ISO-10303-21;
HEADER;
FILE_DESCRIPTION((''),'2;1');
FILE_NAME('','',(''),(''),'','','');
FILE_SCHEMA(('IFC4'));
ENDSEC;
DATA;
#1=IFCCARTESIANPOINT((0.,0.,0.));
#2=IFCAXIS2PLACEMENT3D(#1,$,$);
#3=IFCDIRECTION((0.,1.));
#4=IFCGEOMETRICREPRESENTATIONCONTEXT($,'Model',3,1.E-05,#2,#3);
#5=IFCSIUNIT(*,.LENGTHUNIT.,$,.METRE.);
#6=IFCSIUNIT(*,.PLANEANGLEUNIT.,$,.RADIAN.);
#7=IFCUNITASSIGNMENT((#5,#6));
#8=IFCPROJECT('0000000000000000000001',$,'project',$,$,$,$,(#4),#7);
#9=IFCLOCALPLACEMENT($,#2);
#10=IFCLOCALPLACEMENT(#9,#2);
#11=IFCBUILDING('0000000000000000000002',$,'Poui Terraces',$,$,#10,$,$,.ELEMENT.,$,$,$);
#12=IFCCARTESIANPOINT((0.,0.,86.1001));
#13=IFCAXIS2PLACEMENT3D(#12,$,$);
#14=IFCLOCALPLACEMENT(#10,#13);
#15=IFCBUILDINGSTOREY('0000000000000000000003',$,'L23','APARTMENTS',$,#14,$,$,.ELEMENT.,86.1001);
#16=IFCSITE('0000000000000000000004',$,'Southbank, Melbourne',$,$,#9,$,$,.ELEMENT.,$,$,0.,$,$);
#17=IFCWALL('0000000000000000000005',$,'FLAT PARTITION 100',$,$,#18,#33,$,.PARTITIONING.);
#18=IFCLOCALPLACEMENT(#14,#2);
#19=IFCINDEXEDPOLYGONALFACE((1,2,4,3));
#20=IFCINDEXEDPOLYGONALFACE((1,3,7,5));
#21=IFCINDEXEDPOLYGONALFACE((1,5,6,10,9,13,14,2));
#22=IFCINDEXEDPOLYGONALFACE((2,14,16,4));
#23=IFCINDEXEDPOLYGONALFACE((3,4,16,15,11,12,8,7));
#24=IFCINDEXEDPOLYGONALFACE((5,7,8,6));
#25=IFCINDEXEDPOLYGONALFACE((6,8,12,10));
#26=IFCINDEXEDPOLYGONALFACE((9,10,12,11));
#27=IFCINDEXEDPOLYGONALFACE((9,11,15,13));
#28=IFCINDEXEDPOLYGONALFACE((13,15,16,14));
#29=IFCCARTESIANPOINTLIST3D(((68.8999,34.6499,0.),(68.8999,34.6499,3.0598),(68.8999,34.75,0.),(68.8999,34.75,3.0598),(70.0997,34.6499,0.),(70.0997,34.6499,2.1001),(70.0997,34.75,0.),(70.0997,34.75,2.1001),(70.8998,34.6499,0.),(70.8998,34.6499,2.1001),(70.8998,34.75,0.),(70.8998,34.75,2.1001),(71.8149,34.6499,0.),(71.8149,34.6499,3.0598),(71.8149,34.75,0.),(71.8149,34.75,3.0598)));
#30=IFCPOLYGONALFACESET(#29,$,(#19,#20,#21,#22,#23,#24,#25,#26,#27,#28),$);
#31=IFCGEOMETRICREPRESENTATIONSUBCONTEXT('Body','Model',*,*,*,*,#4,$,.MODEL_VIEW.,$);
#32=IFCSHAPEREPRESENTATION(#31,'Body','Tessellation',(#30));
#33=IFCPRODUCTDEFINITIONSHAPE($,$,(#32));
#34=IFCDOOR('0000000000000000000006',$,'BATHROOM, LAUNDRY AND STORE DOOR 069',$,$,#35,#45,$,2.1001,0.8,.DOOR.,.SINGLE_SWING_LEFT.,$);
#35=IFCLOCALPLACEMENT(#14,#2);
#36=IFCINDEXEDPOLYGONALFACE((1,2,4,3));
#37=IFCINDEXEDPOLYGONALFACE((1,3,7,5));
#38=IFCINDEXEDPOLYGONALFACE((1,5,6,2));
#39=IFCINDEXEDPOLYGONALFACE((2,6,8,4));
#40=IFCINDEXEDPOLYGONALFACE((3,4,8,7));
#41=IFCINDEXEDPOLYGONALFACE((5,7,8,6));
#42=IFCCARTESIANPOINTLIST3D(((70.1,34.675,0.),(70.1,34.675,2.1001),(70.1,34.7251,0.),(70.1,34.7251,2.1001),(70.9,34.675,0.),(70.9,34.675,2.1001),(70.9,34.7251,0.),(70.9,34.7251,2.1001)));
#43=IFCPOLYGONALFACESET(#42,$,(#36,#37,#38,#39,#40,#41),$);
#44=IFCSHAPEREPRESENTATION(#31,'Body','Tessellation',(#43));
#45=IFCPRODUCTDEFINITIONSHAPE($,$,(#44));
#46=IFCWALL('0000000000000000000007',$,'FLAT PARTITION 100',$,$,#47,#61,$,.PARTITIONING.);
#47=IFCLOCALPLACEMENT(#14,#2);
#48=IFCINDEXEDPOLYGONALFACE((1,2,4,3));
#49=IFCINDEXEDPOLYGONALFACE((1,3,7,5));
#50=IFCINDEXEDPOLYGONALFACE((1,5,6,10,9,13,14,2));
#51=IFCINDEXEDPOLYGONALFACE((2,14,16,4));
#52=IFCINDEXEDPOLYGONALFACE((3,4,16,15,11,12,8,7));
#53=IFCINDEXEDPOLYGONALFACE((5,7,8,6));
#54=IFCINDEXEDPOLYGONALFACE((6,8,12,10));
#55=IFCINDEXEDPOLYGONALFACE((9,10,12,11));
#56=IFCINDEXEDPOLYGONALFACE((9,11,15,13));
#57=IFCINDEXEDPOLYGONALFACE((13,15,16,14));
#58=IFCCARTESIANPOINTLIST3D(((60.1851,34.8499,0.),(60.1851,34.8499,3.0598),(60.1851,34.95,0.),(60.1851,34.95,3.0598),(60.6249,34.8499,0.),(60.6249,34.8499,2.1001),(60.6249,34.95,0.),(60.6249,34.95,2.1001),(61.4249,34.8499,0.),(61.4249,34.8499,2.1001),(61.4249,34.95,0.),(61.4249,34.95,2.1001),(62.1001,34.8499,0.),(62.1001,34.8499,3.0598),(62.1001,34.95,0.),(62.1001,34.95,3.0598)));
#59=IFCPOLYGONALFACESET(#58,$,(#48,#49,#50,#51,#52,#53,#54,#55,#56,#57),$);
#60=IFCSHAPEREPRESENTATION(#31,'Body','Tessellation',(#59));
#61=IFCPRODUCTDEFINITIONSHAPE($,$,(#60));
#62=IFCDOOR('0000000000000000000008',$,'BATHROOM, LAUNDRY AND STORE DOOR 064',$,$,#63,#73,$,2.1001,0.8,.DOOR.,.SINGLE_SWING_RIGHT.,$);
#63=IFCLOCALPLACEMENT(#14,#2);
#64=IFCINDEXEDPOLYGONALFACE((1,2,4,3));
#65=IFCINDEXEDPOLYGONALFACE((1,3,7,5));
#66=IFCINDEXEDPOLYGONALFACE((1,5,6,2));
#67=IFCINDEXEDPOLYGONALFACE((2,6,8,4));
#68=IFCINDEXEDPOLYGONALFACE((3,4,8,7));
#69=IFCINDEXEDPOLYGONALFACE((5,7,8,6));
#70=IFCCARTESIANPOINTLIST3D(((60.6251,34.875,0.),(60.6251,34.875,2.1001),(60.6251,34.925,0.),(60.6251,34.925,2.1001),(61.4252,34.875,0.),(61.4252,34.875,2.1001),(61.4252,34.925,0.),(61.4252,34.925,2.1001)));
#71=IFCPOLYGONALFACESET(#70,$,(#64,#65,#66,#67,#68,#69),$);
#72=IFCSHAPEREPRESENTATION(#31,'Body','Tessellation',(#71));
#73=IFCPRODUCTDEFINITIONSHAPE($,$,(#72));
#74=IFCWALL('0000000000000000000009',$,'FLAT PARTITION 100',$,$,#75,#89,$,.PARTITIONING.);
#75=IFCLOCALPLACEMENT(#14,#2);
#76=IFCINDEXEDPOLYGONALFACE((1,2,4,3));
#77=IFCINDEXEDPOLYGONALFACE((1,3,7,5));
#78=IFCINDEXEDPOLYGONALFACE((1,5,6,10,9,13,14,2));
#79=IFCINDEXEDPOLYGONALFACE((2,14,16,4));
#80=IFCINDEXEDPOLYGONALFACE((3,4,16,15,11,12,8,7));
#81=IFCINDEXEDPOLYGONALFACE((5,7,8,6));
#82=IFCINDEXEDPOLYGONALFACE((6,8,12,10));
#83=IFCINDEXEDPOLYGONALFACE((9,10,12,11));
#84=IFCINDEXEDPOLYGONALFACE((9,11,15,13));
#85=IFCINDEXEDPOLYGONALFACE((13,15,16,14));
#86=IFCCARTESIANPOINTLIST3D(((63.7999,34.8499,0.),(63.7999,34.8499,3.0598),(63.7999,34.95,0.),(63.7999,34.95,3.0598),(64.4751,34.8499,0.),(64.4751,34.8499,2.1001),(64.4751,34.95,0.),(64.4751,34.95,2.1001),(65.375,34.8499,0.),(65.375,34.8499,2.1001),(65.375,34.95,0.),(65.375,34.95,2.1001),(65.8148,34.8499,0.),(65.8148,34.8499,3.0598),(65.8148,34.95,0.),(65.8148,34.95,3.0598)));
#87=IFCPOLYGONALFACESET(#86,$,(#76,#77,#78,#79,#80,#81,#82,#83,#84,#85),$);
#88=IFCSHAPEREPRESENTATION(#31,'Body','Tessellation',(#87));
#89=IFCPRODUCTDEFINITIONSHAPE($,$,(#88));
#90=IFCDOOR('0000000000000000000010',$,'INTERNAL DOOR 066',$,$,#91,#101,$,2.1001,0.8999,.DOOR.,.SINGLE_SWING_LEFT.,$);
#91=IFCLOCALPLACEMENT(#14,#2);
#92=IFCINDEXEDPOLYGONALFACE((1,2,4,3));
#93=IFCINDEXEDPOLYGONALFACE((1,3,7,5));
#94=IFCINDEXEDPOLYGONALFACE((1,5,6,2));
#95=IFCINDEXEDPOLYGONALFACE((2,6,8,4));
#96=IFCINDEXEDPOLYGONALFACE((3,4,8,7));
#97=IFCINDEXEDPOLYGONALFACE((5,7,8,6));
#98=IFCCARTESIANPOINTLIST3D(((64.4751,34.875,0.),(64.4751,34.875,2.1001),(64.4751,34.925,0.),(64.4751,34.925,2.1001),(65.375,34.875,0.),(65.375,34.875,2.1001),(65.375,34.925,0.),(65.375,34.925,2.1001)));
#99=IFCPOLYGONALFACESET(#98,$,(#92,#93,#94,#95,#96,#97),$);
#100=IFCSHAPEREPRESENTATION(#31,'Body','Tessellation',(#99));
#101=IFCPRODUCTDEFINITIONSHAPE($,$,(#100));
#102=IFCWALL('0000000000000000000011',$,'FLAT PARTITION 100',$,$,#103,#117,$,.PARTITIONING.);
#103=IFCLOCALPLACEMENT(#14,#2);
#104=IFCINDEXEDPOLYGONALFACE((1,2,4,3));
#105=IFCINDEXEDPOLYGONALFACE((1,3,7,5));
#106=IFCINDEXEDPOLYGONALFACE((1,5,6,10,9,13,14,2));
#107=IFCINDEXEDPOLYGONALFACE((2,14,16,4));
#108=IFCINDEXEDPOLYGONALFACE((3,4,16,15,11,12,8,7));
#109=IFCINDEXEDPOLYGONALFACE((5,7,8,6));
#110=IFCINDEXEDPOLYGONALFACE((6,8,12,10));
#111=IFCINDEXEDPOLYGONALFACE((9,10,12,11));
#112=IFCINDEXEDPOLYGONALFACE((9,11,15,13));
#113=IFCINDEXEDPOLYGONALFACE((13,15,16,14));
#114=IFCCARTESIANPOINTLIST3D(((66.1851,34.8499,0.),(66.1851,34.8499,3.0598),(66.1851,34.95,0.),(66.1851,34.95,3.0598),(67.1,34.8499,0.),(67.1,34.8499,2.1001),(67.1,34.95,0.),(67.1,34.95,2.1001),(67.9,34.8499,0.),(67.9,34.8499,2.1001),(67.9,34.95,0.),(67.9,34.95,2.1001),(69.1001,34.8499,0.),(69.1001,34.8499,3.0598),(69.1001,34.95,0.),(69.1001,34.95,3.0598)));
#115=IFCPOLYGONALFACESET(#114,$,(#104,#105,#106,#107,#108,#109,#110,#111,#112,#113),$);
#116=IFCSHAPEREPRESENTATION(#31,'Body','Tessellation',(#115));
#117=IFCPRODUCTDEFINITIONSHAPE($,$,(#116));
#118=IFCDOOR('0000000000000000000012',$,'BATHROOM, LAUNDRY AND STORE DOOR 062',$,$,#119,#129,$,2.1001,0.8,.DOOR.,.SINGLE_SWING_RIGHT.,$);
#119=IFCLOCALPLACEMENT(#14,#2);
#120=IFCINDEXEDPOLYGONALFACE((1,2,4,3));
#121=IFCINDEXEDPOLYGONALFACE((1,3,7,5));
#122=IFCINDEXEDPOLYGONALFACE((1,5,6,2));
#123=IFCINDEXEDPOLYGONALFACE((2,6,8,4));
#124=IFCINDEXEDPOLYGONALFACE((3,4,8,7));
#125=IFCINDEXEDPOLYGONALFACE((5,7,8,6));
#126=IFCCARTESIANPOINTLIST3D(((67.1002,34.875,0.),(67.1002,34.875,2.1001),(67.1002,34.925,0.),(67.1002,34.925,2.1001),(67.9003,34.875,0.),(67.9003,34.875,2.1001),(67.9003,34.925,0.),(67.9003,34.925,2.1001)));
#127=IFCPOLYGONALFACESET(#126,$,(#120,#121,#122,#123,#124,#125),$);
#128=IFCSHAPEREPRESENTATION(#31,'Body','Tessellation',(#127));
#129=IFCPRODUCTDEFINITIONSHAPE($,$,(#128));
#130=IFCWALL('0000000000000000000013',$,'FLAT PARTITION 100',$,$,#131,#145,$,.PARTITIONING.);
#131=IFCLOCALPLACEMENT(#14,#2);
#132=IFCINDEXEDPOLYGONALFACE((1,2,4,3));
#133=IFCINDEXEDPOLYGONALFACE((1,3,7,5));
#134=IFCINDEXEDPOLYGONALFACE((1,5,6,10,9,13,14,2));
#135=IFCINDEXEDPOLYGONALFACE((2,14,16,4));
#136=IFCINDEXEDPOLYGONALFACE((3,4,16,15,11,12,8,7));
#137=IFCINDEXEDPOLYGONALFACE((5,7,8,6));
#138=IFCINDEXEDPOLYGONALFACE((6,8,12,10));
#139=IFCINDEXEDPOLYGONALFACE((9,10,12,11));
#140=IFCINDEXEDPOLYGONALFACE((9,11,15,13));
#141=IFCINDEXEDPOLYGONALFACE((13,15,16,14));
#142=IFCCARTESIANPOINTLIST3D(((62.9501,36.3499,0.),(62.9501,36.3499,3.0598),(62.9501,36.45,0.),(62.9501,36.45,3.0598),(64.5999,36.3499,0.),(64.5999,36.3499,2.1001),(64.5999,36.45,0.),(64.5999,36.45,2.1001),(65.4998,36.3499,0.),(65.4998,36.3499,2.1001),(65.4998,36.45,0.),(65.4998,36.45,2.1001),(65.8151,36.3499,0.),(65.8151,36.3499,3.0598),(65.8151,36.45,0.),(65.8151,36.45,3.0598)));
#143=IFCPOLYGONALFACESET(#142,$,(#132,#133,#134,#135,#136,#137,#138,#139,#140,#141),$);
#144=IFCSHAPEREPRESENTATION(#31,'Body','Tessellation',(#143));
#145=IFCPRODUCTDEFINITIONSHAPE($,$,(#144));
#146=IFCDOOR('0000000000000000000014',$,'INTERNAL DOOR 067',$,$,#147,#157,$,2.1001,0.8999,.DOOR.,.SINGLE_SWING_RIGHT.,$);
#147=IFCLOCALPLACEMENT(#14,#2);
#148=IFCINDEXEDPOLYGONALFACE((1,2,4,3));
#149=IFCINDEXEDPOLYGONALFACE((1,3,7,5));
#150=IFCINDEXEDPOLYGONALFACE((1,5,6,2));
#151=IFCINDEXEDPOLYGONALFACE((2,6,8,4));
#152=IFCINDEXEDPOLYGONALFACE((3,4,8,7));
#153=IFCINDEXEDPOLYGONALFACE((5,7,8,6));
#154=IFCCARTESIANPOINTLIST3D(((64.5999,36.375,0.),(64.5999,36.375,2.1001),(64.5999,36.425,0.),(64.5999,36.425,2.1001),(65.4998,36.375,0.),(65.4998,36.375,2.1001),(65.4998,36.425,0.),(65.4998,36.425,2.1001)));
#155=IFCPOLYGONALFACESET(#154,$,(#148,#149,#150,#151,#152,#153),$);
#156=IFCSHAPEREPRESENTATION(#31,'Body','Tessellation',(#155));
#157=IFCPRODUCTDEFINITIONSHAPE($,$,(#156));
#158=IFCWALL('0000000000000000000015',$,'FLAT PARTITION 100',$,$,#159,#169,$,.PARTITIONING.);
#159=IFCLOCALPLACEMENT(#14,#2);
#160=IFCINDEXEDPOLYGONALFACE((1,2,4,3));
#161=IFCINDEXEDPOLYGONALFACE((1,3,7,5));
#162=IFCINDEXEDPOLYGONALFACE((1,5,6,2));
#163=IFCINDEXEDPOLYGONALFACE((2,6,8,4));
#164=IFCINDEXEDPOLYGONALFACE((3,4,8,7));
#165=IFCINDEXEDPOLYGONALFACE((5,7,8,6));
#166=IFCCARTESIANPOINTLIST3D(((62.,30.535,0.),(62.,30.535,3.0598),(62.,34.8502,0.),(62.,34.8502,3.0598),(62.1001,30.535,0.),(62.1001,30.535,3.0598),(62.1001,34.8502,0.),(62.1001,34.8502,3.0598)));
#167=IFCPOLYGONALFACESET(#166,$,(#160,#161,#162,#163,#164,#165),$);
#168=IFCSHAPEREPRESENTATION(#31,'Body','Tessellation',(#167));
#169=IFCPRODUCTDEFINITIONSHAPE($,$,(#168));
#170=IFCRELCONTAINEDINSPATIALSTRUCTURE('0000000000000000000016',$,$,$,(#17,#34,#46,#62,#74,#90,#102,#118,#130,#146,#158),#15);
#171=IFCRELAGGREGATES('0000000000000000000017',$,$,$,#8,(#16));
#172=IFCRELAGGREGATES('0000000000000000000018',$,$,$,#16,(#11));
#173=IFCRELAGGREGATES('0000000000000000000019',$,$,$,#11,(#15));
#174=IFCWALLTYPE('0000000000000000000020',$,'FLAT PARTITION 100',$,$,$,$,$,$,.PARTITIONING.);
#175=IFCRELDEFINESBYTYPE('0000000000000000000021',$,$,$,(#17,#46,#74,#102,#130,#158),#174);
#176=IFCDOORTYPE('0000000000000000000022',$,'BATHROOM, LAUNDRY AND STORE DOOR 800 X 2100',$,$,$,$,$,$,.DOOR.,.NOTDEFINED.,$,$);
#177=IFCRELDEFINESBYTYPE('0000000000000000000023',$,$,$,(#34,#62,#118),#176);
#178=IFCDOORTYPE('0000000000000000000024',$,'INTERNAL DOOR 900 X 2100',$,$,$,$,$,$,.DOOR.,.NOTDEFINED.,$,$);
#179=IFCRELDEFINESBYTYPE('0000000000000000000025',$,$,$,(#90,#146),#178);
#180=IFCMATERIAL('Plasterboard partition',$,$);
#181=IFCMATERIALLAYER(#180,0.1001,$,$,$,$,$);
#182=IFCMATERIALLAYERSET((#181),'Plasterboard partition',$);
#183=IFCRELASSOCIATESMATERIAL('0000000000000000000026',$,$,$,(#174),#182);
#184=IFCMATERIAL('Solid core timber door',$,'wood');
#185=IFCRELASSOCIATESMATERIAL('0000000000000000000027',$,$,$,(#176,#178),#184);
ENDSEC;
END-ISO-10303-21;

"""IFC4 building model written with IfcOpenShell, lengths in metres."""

from ifc_helpers import new_model, si_unit, direction, frame, frame_2d, origin, place, context, subcontext, project, spatial, rectangle, extrude, material, layer, layer_set, type_object, element, fill, save


model = new_model("IFC4")

# Units and contexts
model_context = context("Model", 3, precision=1e-05, world=origin(), true_north=direction((0.0, 1.0)))
body_context = subcontext(model_context, "Body", "Model", "MODEL_VIEW")
ifc_project = project(units=[si_unit("LENGTHUNIT", "METRE"), si_unit("PLANEANGLEUNIT", "RADIAN")], contexts=[model_context])

# Site, building, storey
site_placement = place(None, origin())
site = spatial("IfcSite", under=ifc_project, at=site_placement, Name="Southbank, Melbourne", CompositionType="ELEMENT", RefElevation=0.0)
building_placement = place(site_placement, origin())
building = spatial("IfcBuilding", under=site, at=building_placement, Name="Poui Terraces", CompositionType="ELEMENT")
storey_placement = place(building_placement, frame((0.0, 0.0, 86.1001)))
storey = spatial("IfcBuildingStorey", under=building, at=storey_placement, Name="L23", Description="APARTMENTS", CompositionType="ELEMENT", Elevation=86.1001)

# Walls, openings, doors
ifc_material_1 = material(Name="Plasterboard partition")
ifc_layer_1 = layer(ifc_material_1, 0.1001)
ifc_layer_set_1 = layer_set([ifc_layer_1], Name="Plasterboard partition")
wall_type_1 = type_object("IfcWallType", Name="FLAT PARTITION 100", PredefinedType="PARTITIONING", material=ifc_layer_set_1)
wall_1_placement = place(storey_placement, frame((68.8999, 34.7, 0.0), z_axis=(0.0, 0.0, 1.0), x_axis=(1.0, 0.0, 0.0)))
wall_1 = element("IfcWall", 1, at=wall_1_placement, inside=storey, type_object=wall_type_1, Name="FLAT PARTITION 100", PredefinedType="PARTITIONING", context=body_context, shape_type="SweptSolid", body=[
    extrude(rectangle(XDim=2.915, YDim=0.1001, at=frame_2d((1.4575, 0.0))), origin(), (0.0, 0.0, 1.0), 3.0598),
])
opening_1_placement = place(wall_1_placement, frame((1.2, 0.0, 0.0)))
opening_1 = element("IfcOpeningElement", 2, at=opening_1_placement, cuts=wall_1, PredefinedType="OPENING", context=body_context, shape_type="SweptSolid", body=[
    extrude(rectangle(XDim=0.8, YDim=2.1001, at=frame_2d((0.3999, 1.05))), frame((0.0, 0.0601, 0.0), z_axis=(0.0, -1.0, 0.0), x_axis=(1.0, 0.0, 0.0)), (0.0, 0.0, 1.0), 0.1201),
])
ifc_material_2 = material(Name="Solid core timber door", Category="wood")
door_type_1 = type_object("IfcDoorType", Name="BATHROOM, LAUNDRY AND STORE DOOR 800 X 2100", OperationType="NOTDEFINED", PredefinedType="DOOR", material=ifc_material_2)
door_1_placement = place(opening_1_placement, frame((0.8, 0.0, 0.0), z_axis=(0.0, 0.0, 1.0), x_axis=(-1.0, 0.0, 0.0)))
door_1 = element("IfcDoor", 3, at=door_1_placement, inside=storey, type_object=door_type_1, Name="BATHROOM, LAUNDRY AND STORE DOOR 069", OperationType="SINGLE_SWING_LEFT", OverallHeight=2.1001, OverallWidth=0.8, PredefinedType="DOOR", context=body_context, shape_type="SweptSolid", body=[
    extrude(rectangle(XDim=0.8, YDim=2.1001, at=frame_2d((0.3999, 1.05))), frame((0.0, 0.0249, 0.0), z_axis=(0.0, -1.0, 0.0), x_axis=(1.0, 0.0, 0.0)), (0.0, 0.0, 1.0), 0.05),
])
fill(opening_1, door_1)
wall_2_placement = place(storey_placement, frame((60.1851, 34.8999, 0.0), z_axis=(0.0, 0.0, 1.0), x_axis=(1.0, 0.0, 0.0)))
wall_2 = element("IfcWall", 4, at=wall_2_placement, inside=storey, type_object=wall_type_1, Name="FLAT PARTITION 100", PredefinedType="PARTITIONING", context=body_context, shape_type="SweptSolid", body=[
    extrude(rectangle(XDim=1.915, YDim=0.1001, at=frame_2d((0.9575, 0.0))), origin(), (0.0, 0.0, 1.0), 3.0598),
])
opening_2_placement = place(wall_2_placement, frame((0.4399, 0.0, 0.0)))
opening_2 = element("IfcOpeningElement", 5, at=opening_2_placement, cuts=wall_2, PredefinedType="OPENING", context=body_context, shape_type="SweptSolid", body=[
    extrude(rectangle(XDim=0.8, YDim=2.1001, at=frame_2d((0.3999, 1.05))), frame((0.0, 0.0601, 0.0), z_axis=(0.0, -1.0, 0.0), x_axis=(1.0, 0.0, 0.0)), (0.0, 0.0, 1.0), 0.1201),
])
door_2_placement = place(opening_2_placement, frame((0.8, 0.0, 0.0), z_axis=(0.0, 0.0, 1.0), x_axis=(-1.0, 0.0, 0.0)))
door_2 = element("IfcDoor", 6, at=door_2_placement, inside=storey, type_object=door_type_1, Name="BATHROOM, LAUNDRY AND STORE DOOR 064", OperationType="SINGLE_SWING_RIGHT", OverallHeight=2.1001, OverallWidth=0.8, PredefinedType="DOOR", context=body_context, shape_type="SweptSolid", body=[
    extrude(rectangle(XDim=0.8, YDim=2.1001, at=frame_2d((0.3999, 1.05))), frame((0.0, 0.0249, 0.0), z_axis=(0.0, -1.0, 0.0), x_axis=(1.0, 0.0, 0.0)), (0.0, 0.0, 1.0), 0.05),
])
fill(opening_2, door_2)
wall_3_placement = place(storey_placement, frame((63.8, 34.8999, 0.0), z_axis=(0.0, 0.0, 1.0), x_axis=(1.0, 0.0, 0.0)))
wall_3 = element("IfcWall", 7, at=wall_3_placement, inside=storey, type_object=wall_type_1, Name="FLAT PARTITION 100", PredefinedType="PARTITIONING", context=body_context, shape_type="SweptSolid", body=[
    extrude(rectangle(XDim=2.0149, YDim=0.1001, at=frame_2d((1.0073, 0.0))), origin(), (0.0, 0.0, 1.0), 3.0598),
])
opening_3_placement = place(wall_3_placement, frame((0.675, 0.0, 0.0)))
opening_3 = element("IfcOpeningElement", 8, at=opening_3_placement, cuts=wall_3, PredefinedType="OPENING", context=body_context, shape_type="SweptSolid", body=[
    extrude(rectangle(XDim=0.8999, YDim=2.1001, at=frame_2d((0.45, 1.05))), frame((0.0, 0.0601, 0.0), z_axis=(0.0, -1.0, 0.0), x_axis=(1.0, 0.0, 0.0)), (0.0, 0.0, 1.0), 0.1201),
])
door_type_2 = type_object("IfcDoorType", Name="INTERNAL DOOR 900 X 2100", OperationType="NOTDEFINED", PredefinedType="DOOR", material=ifc_material_2)
door_3_placement = place(opening_3_placement, frame((0.8999, 0.0, 0.0), z_axis=(0.0, 0.0, 1.0), x_axis=(-1.0, 0.0, 0.0)))
door_3 = element("IfcDoor", 9, at=door_3_placement, inside=storey, type_object=door_type_2, Name="INTERNAL DOOR 066", OperationType="SINGLE_SWING_LEFT", OverallHeight=2.1001, OverallWidth=0.8999, PredefinedType="DOOR", context=body_context, shape_type="SweptSolid", body=[
    extrude(rectangle(XDim=0.8999, YDim=2.1001, at=frame_2d((0.45, 1.05))), frame((0.0, 0.0249, 0.0), z_axis=(0.0, -1.0, 0.0), x_axis=(1.0, 0.0, 0.0)), (0.0, 0.0, 1.0), 0.05),
])
fill(opening_3, door_3)
wall_4_placement = place(storey_placement, frame((66.1851, 34.8999, 0.0), z_axis=(0.0, 0.0, 1.0), x_axis=(1.0, 0.0, 0.0)))
wall_4 = element("IfcWall", 10, at=wall_4_placement, inside=storey, type_object=wall_type_1, Name="FLAT PARTITION 100", PredefinedType="PARTITIONING", context=body_context, shape_type="SweptSolid", body=[
    extrude(rectangle(XDim=2.915, YDim=0.1001, at=frame_2d((1.4575, 0.0))), origin(), (0.0, 0.0, 1.0), 3.0598),
])
opening_4_placement = place(wall_4_placement, frame((0.915, 0.0, 0.0)))
opening_4 = element("IfcOpeningElement", 11, at=opening_4_placement, cuts=wall_4, PredefinedType="OPENING", context=body_context, shape_type="SweptSolid", body=[
    extrude(rectangle(XDim=0.8, YDim=2.1001, at=frame_2d((0.3999, 1.05))), frame((0.0, 0.0601, 0.0), z_axis=(0.0, -1.0, 0.0), x_axis=(1.0, 0.0, 0.0)), (0.0, 0.0, 1.0), 0.1201),
])
door_4_placement = place(opening_4_placement, frame((0.8, 0.0, 0.0), z_axis=(0.0, 0.0, 1.0), x_axis=(-1.0, 0.0, 0.0)))
door_4 = element("IfcDoor", 12, at=door_4_placement, inside=storey, type_object=door_type_1, Name="BATHROOM, LAUNDRY AND STORE DOOR 062", OperationType="SINGLE_SWING_RIGHT", OverallHeight=2.1001, OverallWidth=0.8, PredefinedType="DOOR", context=body_context, shape_type="SweptSolid", body=[
    extrude(rectangle(XDim=0.8, YDim=2.1001, at=frame_2d((0.3999, 1.05))), frame((0.0, 0.0249, 0.0), z_axis=(0.0, -1.0, 0.0), x_axis=(1.0, 0.0, 0.0)), (0.0, 0.0, 1.0), 0.05),
])
fill(opening_4, door_4)
wall_5_placement = place(storey_placement, frame((62.95, 36.3999, 0.0), z_axis=(0.0, 0.0, 1.0), x_axis=(1.0, 0.0, 0.0)))
wall_5 = element("IfcWall", 13, at=wall_5_placement, inside=storey, type_object=wall_type_1, Name="FLAT PARTITION 100", PredefinedType="PARTITIONING", context=body_context, shape_type="SweptSolid", body=[
    extrude(rectangle(XDim=2.865, YDim=0.1001, at=frame_2d((1.4326, 0.0))), origin(), (0.0, 0.0, 1.0), 3.0598),
])
opening_5_placement = place(wall_5_placement, frame((1.6499, 0.0, 0.0)))
opening_5 = element("IfcOpeningElement", 14, at=opening_5_placement, cuts=wall_5, PredefinedType="OPENING", context=body_context, shape_type="SweptSolid", body=[
    extrude(rectangle(XDim=0.8999, YDim=2.1001, at=frame_2d((0.45, 1.05))), frame((0.0, 0.0601, 0.0), z_axis=(0.0, -1.0, 0.0), x_axis=(1.0, 0.0, 0.0)), (0.0, 0.0, 1.0), 0.1201),
])
door_5_placement = place(opening_5_placement, frame((0.8999, 0.0, 0.0), z_axis=(0.0, 0.0, 1.0), x_axis=(-1.0, 0.0, 0.0)))
door_5 = element("IfcDoor", 15, at=door_5_placement, inside=storey, type_object=door_type_2, Name="INTERNAL DOOR 067", OperationType="SINGLE_SWING_RIGHT", OverallHeight=2.1001, OverallWidth=0.8999, PredefinedType="DOOR", context=body_context, shape_type="SweptSolid", body=[
    extrude(rectangle(XDim=0.8999, YDim=2.1001, at=frame_2d((0.45, 1.05))), frame((0.0, 0.0249, 0.0), z_axis=(0.0, -1.0, 0.0), x_axis=(1.0, 0.0, 0.0)), (0.0, 0.0, 1.0), 0.05),
])
fill(opening_5, door_5)

# Wall
wall_6_placement = place(storey_placement, frame((62.05, 30.5349, 0.0), z_axis=(0.0, 0.0, 1.0), x_axis=(0.0, 1.0, 0.0)))
element("IfcWall", 16, at=wall_6_placement, inside=storey, type_object=wall_type_1, Name="FLAT PARTITION 100", PredefinedType="PARTITIONING", context=body_context, shape_type="SweptSolid", body=[
    extrude(rectangle(XDim=4.3152, YDim=0.1001, at=frame_2d((2.1577, 0.0))), origin(), (0.0, 0.0, 1.0), 3.0598),
])

save(model, "model.ifc")
